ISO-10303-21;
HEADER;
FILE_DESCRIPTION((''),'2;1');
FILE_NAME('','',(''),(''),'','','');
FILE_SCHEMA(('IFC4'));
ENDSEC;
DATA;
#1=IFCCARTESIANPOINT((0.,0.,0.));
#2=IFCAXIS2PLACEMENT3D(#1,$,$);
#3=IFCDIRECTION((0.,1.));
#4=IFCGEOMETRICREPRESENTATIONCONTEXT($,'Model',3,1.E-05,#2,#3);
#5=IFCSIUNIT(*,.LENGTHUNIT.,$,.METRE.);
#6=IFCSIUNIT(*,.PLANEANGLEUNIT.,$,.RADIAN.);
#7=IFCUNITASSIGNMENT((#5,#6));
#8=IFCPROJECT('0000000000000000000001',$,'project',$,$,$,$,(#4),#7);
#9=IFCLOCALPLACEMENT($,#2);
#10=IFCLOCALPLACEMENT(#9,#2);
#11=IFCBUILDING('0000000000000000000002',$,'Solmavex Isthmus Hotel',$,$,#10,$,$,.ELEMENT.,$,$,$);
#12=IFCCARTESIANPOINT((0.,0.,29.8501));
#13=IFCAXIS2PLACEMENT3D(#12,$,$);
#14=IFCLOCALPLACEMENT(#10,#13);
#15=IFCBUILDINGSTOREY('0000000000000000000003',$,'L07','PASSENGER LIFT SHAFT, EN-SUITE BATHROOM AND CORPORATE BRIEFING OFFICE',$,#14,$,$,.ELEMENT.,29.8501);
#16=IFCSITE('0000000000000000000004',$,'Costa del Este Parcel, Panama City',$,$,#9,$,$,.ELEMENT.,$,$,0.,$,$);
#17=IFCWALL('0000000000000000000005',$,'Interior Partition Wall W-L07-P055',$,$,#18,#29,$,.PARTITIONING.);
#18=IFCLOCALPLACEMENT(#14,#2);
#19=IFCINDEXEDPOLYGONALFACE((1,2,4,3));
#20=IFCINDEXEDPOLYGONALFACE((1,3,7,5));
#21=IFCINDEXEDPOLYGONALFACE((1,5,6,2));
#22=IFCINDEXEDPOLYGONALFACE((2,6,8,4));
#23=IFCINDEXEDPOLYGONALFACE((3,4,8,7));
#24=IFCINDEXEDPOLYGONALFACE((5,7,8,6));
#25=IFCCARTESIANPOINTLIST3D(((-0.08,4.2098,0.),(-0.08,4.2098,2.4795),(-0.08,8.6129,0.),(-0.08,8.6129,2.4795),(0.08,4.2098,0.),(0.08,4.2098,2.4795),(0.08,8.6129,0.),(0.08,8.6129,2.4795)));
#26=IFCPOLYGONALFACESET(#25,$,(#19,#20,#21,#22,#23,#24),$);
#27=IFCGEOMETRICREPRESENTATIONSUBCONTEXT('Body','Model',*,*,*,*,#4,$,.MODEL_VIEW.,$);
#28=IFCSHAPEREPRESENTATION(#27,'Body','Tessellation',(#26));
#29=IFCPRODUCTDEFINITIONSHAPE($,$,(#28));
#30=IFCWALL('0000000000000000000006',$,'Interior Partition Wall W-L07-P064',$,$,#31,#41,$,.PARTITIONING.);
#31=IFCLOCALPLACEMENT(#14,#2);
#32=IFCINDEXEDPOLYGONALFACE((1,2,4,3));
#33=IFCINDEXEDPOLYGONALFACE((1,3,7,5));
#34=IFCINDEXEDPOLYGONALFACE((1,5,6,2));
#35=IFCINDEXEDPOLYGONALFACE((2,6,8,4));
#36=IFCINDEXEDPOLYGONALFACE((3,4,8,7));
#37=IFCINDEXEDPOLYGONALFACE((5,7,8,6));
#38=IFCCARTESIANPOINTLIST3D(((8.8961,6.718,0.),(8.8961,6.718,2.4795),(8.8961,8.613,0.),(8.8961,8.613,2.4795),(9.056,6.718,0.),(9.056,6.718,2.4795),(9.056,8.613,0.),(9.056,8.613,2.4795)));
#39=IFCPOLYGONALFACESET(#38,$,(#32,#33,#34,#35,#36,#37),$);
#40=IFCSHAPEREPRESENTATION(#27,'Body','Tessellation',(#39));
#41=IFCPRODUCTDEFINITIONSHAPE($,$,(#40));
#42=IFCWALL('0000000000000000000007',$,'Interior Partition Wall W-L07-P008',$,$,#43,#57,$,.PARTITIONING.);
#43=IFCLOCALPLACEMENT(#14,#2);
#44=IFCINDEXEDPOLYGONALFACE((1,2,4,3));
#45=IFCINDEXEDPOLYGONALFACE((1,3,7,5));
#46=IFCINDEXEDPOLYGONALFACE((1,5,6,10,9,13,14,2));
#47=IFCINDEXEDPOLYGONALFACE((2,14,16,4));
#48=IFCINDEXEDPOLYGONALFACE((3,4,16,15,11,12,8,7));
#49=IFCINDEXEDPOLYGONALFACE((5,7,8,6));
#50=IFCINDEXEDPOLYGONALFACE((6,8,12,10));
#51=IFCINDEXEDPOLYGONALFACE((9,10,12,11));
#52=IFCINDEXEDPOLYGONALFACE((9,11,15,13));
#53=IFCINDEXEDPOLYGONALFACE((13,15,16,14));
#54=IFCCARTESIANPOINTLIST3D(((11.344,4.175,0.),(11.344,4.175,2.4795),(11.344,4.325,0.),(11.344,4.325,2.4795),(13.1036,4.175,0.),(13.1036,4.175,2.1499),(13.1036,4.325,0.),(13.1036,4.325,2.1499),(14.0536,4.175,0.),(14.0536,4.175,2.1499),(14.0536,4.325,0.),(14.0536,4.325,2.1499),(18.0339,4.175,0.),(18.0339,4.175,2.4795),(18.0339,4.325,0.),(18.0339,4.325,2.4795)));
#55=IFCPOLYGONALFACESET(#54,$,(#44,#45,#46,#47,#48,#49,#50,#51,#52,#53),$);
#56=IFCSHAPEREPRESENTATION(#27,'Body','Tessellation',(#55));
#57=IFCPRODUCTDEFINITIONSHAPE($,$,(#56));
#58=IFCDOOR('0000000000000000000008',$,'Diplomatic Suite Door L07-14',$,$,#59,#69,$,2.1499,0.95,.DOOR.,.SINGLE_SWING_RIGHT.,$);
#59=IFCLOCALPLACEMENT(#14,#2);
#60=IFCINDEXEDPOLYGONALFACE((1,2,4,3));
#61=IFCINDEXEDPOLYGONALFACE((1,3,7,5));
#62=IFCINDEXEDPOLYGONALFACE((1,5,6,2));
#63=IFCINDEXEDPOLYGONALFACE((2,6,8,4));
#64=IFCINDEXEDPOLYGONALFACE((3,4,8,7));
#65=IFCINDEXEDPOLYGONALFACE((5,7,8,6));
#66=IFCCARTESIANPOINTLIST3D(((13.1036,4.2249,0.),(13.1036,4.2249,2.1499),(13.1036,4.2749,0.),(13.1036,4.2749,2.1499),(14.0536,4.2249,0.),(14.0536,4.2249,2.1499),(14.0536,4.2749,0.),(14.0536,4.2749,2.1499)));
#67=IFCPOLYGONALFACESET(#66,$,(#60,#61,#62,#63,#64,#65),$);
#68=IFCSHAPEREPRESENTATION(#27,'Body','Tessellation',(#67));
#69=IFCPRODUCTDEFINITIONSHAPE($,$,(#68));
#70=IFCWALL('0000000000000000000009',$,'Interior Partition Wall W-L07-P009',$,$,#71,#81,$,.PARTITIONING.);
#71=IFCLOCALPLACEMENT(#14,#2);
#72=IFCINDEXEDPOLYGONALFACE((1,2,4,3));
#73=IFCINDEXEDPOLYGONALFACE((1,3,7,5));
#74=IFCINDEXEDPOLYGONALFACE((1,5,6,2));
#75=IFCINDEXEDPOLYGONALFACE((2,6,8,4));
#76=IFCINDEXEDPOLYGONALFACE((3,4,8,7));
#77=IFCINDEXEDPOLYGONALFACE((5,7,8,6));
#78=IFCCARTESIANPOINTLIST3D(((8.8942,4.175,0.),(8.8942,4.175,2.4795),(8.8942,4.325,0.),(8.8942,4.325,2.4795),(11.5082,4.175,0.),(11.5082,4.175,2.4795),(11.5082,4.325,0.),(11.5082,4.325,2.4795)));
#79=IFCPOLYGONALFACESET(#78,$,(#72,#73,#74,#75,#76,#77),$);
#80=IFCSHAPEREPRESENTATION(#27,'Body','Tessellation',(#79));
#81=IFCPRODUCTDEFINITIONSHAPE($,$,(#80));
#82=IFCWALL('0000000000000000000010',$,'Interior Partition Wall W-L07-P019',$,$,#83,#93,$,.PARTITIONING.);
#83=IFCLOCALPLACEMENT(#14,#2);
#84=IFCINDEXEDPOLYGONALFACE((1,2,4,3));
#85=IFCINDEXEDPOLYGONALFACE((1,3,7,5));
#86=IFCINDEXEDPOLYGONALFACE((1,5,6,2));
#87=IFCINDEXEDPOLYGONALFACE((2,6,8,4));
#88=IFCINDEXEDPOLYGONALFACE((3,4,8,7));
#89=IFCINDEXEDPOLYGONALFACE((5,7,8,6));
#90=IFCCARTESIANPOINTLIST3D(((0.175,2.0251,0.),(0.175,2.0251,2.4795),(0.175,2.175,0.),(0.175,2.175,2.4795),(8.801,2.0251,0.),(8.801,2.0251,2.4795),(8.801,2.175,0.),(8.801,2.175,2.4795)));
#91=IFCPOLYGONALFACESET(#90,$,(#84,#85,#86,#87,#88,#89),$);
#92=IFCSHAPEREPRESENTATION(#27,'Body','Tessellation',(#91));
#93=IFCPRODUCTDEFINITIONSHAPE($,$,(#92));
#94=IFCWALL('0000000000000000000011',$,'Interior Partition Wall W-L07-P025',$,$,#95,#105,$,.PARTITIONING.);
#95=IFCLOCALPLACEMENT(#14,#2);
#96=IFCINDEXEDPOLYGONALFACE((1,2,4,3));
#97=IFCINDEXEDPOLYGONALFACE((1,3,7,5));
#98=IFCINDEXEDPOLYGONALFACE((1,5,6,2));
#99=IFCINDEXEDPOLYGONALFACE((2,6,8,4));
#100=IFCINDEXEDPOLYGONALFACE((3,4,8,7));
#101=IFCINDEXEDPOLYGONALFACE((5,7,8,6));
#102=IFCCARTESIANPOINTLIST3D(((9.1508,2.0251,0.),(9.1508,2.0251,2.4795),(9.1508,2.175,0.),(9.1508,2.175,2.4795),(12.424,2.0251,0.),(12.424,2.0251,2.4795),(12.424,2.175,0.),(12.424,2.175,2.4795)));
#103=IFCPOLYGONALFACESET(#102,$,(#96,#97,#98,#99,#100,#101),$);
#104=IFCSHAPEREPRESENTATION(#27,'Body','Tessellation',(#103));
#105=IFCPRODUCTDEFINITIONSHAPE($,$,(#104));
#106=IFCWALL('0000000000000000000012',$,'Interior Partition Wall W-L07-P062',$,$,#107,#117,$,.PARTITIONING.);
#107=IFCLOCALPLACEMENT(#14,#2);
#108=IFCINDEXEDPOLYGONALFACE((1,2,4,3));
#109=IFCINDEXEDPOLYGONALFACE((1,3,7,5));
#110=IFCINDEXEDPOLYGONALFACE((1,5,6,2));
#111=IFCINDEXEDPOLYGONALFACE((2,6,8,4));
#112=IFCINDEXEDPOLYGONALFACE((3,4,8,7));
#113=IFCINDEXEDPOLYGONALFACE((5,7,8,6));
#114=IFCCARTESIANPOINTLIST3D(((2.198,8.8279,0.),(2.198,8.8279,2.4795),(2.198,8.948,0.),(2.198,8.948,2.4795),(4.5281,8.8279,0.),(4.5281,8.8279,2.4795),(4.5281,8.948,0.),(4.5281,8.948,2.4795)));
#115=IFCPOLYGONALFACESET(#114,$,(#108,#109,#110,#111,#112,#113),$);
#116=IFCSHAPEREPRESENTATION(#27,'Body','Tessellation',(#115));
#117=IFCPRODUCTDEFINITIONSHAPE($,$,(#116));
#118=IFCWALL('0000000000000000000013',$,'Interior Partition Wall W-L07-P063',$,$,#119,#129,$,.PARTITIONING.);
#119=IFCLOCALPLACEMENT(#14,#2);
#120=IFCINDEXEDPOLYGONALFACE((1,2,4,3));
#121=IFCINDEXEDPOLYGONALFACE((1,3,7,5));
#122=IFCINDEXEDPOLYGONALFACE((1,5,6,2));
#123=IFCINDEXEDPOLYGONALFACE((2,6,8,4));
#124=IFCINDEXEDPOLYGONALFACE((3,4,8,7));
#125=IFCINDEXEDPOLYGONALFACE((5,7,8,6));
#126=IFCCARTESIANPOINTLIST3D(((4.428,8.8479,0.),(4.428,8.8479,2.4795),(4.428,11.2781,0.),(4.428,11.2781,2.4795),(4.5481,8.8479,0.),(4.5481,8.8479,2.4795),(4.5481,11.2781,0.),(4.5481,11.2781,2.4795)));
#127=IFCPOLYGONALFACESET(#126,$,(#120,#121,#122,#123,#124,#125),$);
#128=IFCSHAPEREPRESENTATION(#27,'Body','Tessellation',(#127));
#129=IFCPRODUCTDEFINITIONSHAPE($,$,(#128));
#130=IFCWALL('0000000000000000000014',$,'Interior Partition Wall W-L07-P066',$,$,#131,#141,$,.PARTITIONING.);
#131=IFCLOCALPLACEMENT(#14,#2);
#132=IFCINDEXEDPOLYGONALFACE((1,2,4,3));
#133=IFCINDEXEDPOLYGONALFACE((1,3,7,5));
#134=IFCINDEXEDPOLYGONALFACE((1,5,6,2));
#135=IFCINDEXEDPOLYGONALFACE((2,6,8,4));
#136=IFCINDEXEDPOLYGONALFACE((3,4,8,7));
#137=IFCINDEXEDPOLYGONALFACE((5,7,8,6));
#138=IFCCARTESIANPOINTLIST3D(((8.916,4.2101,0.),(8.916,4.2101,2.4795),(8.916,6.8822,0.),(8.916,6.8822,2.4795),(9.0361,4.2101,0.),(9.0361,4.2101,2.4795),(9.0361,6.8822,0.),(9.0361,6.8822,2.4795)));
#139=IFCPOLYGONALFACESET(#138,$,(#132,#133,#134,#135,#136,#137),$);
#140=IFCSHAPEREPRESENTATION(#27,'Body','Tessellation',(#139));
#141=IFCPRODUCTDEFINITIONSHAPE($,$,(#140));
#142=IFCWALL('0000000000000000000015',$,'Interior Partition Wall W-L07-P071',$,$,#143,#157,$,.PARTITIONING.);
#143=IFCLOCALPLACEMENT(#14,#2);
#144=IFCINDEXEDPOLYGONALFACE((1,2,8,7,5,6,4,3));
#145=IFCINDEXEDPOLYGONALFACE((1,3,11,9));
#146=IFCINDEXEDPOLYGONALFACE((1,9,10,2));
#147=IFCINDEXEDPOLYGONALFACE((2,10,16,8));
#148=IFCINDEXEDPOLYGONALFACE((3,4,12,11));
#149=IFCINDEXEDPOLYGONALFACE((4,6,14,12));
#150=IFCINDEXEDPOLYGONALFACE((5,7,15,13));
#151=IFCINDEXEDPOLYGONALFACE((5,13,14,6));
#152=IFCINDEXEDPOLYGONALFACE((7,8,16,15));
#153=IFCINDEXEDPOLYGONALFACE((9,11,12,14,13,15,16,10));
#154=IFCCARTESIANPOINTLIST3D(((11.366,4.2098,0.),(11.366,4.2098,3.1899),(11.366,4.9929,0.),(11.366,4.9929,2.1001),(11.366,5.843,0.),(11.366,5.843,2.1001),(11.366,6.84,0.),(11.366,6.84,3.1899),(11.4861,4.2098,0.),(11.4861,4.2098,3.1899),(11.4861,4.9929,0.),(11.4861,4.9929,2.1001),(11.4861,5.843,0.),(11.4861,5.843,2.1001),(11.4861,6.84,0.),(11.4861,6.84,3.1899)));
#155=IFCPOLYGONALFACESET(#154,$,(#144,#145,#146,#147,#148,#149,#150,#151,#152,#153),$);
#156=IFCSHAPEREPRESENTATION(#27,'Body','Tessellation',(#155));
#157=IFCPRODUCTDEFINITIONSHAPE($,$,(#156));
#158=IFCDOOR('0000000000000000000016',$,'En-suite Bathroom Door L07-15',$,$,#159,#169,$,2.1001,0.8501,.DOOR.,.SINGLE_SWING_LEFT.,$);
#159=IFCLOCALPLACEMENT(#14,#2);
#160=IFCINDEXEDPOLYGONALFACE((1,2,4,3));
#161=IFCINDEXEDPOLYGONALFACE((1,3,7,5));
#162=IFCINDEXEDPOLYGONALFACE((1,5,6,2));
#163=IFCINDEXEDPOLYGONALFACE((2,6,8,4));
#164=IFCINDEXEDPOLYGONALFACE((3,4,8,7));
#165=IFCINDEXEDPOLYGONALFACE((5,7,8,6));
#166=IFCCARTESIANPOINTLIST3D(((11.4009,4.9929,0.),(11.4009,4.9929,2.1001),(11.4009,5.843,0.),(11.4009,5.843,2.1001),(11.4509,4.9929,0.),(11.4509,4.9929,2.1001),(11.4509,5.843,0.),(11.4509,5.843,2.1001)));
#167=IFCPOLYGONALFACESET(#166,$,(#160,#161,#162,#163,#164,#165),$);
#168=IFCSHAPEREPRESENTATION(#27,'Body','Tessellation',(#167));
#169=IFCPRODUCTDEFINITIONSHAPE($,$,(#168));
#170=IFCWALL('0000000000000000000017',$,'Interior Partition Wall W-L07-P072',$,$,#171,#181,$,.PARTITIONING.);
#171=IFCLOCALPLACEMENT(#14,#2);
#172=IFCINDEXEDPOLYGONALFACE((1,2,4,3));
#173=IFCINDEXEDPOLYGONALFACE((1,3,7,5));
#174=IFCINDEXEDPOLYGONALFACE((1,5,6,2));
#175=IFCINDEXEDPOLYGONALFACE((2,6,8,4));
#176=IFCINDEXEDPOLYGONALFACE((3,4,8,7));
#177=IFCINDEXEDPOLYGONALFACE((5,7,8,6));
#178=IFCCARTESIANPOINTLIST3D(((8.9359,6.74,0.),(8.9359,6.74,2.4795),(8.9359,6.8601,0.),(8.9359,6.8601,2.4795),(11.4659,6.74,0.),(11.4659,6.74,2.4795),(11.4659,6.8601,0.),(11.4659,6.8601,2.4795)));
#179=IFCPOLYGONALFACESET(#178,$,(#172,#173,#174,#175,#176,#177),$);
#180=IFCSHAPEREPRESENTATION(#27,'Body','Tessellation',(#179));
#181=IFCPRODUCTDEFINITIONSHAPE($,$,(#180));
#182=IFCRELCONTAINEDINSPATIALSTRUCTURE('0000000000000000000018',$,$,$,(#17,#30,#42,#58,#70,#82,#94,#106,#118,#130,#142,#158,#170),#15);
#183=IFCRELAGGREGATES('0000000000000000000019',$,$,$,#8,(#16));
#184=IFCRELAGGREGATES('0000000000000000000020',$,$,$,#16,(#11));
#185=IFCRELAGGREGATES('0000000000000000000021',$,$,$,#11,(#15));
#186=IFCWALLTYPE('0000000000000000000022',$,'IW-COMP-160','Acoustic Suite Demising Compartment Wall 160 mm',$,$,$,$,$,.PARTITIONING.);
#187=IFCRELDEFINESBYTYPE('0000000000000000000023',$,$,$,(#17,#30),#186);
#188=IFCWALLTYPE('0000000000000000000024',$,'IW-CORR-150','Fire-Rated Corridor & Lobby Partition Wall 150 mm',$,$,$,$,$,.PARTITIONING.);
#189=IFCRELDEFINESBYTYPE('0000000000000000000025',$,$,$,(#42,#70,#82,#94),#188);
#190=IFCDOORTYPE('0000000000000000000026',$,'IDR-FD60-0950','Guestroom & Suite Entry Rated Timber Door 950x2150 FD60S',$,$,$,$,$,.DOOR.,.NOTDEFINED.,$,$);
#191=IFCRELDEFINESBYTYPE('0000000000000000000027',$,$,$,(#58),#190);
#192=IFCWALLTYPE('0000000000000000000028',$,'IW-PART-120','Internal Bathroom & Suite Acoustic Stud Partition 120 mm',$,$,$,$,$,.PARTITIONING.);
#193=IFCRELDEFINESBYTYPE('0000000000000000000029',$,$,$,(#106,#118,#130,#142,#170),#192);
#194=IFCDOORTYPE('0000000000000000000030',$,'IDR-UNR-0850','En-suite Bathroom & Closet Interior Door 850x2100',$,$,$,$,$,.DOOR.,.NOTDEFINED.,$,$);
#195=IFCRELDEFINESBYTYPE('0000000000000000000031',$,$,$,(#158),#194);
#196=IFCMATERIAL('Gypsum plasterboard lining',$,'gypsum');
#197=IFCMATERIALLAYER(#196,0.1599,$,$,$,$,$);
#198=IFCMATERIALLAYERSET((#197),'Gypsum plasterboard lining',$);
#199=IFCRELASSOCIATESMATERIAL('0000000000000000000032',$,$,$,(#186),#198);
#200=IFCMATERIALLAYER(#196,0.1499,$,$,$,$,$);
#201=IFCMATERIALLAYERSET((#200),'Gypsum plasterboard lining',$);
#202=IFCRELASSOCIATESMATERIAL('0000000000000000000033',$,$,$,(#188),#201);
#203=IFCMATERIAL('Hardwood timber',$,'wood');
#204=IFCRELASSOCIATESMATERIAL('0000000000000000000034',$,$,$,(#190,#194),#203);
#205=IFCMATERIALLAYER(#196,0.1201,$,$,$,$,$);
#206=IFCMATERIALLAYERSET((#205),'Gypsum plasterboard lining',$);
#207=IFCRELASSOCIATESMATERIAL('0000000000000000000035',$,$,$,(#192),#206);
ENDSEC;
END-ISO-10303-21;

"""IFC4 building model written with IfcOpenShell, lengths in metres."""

from ifc_helpers import new_model, si_unit, direction, frame, frame_2d, origin, place, context, subcontext, project, spatial, rectangle, extrude, material, layer, layer_set, type_object, element, fill, save


model = new_model("IFC4")

# Units and contexts
model_context = context("Model", 3, precision=1e-05, world=origin(), true_north=direction((0.0, 1.0)))
body_context = subcontext(model_context, "Body", "Model", "MODEL_VIEW")
ifc_project = project(units=[si_unit("LENGTHUNIT", "METRE"), si_unit("PLANEANGLEUNIT", "RADIAN")], contexts=[model_context])

# Site, building, storey
site_placement = place(None, origin())
site = spatial("IfcSite", under=ifc_project, at=site_placement, Name="Costa del Este Parcel, Panama City", CompositionType="ELEMENT", RefElevation=0.0)
building_placement = place(site_placement, origin())
building = spatial("IfcBuilding", under=site, at=building_placement, Name="Solmavex Isthmus Hotel", CompositionType="ELEMENT")
storey_placement = place(building_placement, frame((0.0, 0.0, 29.8501)))
storey = spatial("IfcBuildingStorey", under=building, at=storey_placement, Name="L07", Description="PASSENGER LIFT SHAFT, EN-SUITE BATHROOM AND CORPORATE BRIEFING OFFICE", CompositionType="ELEMENT", Elevation=29.8501)

# Walls
ifc_material_1 = material(Name="Gypsum plasterboard lining", Category="gypsum")
ifc_layer_1 = layer(ifc_material_1, 0.1599)
ifc_layer_set_1 = layer_set([ifc_layer_1], Name="Gypsum plasterboard lining")
wall_type_1 = type_object("IfcWallType", Name="IW-COMP-160", Description="Acoustic Suite Demising Compartment Wall 160 mm", PredefinedType="PARTITIONING", material=ifc_layer_set_1)
wall_1_placement = place(storey_placement, frame((0.0, 8.613, 0.0), z_axis=(0.0, 0.0, 1.0), x_axis=(0.0, -1.0, 0.0)))
element("IfcWall", 1, at=wall_1_placement, inside=storey, type_object=wall_type_1, Name="Interior Partition Wall W-L07-P055", PredefinedType="PARTITIONING", context=body_context, shape_type="SweptSolid", body=[
    extrude(rectangle(XDim=4.4031, YDim=0.1599, at=frame_2d((2.2017, 0.0))), origin(), (0.0, 0.0, 1.0), 2.4795),
])
wall_2_placement = place(storey_placement, frame((8.9761, 8.613, 0.0), z_axis=(0.0, 0.0, 1.0), x_axis=(0.0, -1.0, 0.0)))
element("IfcWall", 2, at=wall_2_placement, inside=storey, type_object=wall_type_1, Name="Interior Partition Wall W-L07-P064", PredefinedType="PARTITIONING", context=body_context, shape_type="SweptSolid", body=[
    extrude(rectangle(XDim=1.895, YDim=0.1599, at=frame_2d((0.9475, 0.0))), origin(), (0.0, 0.0, 1.0), 2.4795),
])

# Wall, opening, door
ifc_layer_2 = layer(ifc_material_1, 0.1499)
ifc_layer_set_2 = layer_set([ifc_layer_2], Name="Gypsum plasterboard lining")
wall_type_2 = type_object("IfcWallType", Name="IW-CORR-150", Description="Fire-Rated Corridor & Lobby Partition Wall 150 mm", PredefinedType="PARTITIONING", material=ifc_layer_set_2)
wall_3_placement = place(storey_placement, frame((11.344, 4.25, 0.0), z_axis=(0.0, 0.0, 1.0), x_axis=(1.0, 0.0, 0.0)))
wall_3 = element("IfcWall", 3, at=wall_3_placement, inside=storey, type_object=wall_type_2, Name="Interior Partition Wall W-L07-P008", PredefinedType="PARTITIONING", context=body_context, shape_type="SweptSolid", body=[
    extrude(rectangle(XDim=6.6899, YDim=0.1499, at=frame_2d((3.345, 0.0))), origin(), (0.0, 0.0, 1.0), 2.4795),
])
opening_1_placement = place(wall_3_placement, frame((1.7595, 0.0, 0.0)))
opening_1 = element("IfcOpeningElement", 4, at=opening_1_placement, cuts=wall_3, PredefinedType="OPENING", context=body_context, shape_type="SweptSolid", body=[
    extrude(rectangle(XDim=0.95, YDim=2.1499, at=frame_2d((0.4751, 1.075))), frame((0.0, 0.085, 0.0), z_axis=(0.0, -1.0, 0.0), x_axis=(1.0, 0.0, 0.0)), (0.0, 0.0, 1.0), 0.1699),
])
ifc_material_2 = material(Name="Hardwood timber", Category="wood")
door_type_1 = type_object("IfcDoorType", Name="IDR-FD60-0950", Description="Guestroom & Suite Entry Rated Timber Door 950x2150 FD60S", OperationType="NOTDEFINED", PredefinedType="DOOR", material=ifc_material_2)
door_1_placement = place(opening_1_placement, origin())
door_1 = element("IfcDoor", 5, at=door_1_placement, inside=storey, type_object=door_type_1, Name="Diplomatic Suite Door L07-14", OperationType="SINGLE_SWING_RIGHT", OverallHeight=2.1499, OverallWidth=0.95, PredefinedType="DOOR", context=body_context, shape_type="SweptSolid", body=[
    extrude(rectangle(XDim=0.95, YDim=2.1499, at=frame_2d((0.4751, 1.075))), frame((0.0, 0.0249, 0.0), z_axis=(0.0, -1.0, 0.0), x_axis=(1.0, 0.0, 0.0)), (0.0, 0.0, 1.0), 0.05),
])
fill(opening_1, door_1)

# Walls
wall_4_placement = place(storey_placement, frame((8.894, 4.25, 0.0), z_axis=(0.0, 0.0, 1.0), x_axis=(1.0, 0.0, 0.0)))
element("IfcWall", 6, at=wall_4_placement, inside=storey, type_object=wall_type_2, Name="Interior Partition Wall W-L07-P009", PredefinedType="PARTITIONING", context=body_context, shape_type="SweptSolid", body=[
    extrude(rectangle(XDim=2.614, YDim=0.1499, at=frame_2d((1.3071, 0.0))), origin(), (0.0, 0.0, 1.0), 2.4795),
])
wall_5_placement = place(storey_placement, frame((8.801, 2.1001, 0.0), z_axis=(0.0, 0.0, 1.0), x_axis=(-1.0, 0.0, 0.0)))
element("IfcWall", 7, at=wall_5_placement, inside=storey, type_object=wall_type_2, Name="Interior Partition Wall W-L07-P019", PredefinedType="PARTITIONING", context=body_context, shape_type="SweptSolid", body=[
    extrude(rectangle(XDim=8.626, YDim=0.1499, at=frame_2d((4.313, 0.0))), origin(), (0.0, 0.0, 1.0), 2.4795),
])
wall_6_placement = place(storey_placement, frame((12.4241, 2.1001, 0.0), z_axis=(0.0, 0.0, 1.0), x_axis=(-1.0, 0.0, 0.0)))
element("IfcWall", 8, at=wall_6_placement, inside=storey, type_object=wall_type_2, Name="Interior Partition Wall W-L07-P025", PredefinedType="PARTITIONING", context=body_context, shape_type="SweptSolid", body=[
    extrude(rectangle(XDim=3.2732, YDim=0.1499, at=frame_2d((1.6367, 0.0))), origin(), (0.0, 0.0, 1.0), 2.4795),
])

# Walls
ifc_layer_3 = layer(ifc_material_1, 0.1201)
ifc_layer_set_3 = layer_set([ifc_layer_3], Name="Gypsum plasterboard lining")
wall_type_3 = type_object("IfcWallType", Name="IW-PART-120", Description="Internal Bathroom & Suite Acoustic Stud Partition 120 mm", PredefinedType="PARTITIONING", material=ifc_layer_set_3)
wall_7_placement = place(storey_placement, frame((2.198, 8.8879, 0.0), z_axis=(0.0, 0.0, 1.0), x_axis=(1.0, 0.0, 0.0)))
element("IfcWall", 9, at=wall_7_placement, inside=storey, type_object=wall_type_3, Name="Interior Partition Wall W-L07-P062", PredefinedType="PARTITIONING", context=body_context, shape_type="SweptSolid", body=[
    extrude(rectangle(XDim=2.3301, YDim=0.1201, at=frame_2d((1.165, 0.0))), origin(), (0.0, 0.0, 1.0), 2.4795),
])
wall_8_placement = place(storey_placement, frame((4.488, 8.8479, 0.0), z_axis=(0.0, 0.0, 1.0), x_axis=(0.0, 1.0, 0.0)))
element("IfcWall", 10, at=wall_8_placement, inside=storey, type_object=wall_type_3, Name="Interior Partition Wall W-L07-P063", PredefinedType="PARTITIONING", context=body_context, shape_type="SweptSolid", body=[
    extrude(rectangle(XDim=2.4302, YDim=0.1201, at=frame_2d((1.2151, 0.0))), origin(), (0.0, 0.0, 1.0), 2.4795),
])
wall_9_placement = place(storey_placement, frame((8.9761, 6.8821, 0.0), z_axis=(0.0, 0.0, 1.0), x_axis=(0.0, -1.0, 0.0)))
element("IfcWall", 11, at=wall_9_placement, inside=storey, type_object=wall_type_3, Name="Interior Partition Wall W-L07-P066", PredefinedType="PARTITIONING", context=body_context, shape_type="SweptSolid", body=[
    extrude(rectangle(XDim=2.6721, YDim=0.1201, at=frame_2d((1.3359, 0.0))), origin(), (0.0, 0.0, 1.0), 2.4795),
])

# Wall, opening, door
wall_10_placement = place(storey_placement, frame((11.426, 4.21, 0.0), z_axis=(0.0, 0.0, 1.0), x_axis=(0.0, 1.0, 0.0)))
wall_10 = element("IfcWall", 12, at=wall_10_placement, inside=storey, type_object=wall_type_3, Name="Interior Partition Wall W-L07-P071", PredefinedType="PARTITIONING", context=body_context, shape_type="SweptSolid", body=[
    extrude(rectangle(XDim=2.6301, YDim=0.1201, at=frame_2d((1.3149, 0.0))), origin(), (0.0, 0.0, 1.0), 3.1899),
])
opening_2_placement = place(wall_10_placement, frame((0.783, 0.0, 0.0)))
opening_2 = element("IfcOpeningElement", 13, at=opening_2_placement, cuts=wall_10, PredefinedType="OPENING", context=body_context, shape_type="SweptSolid", body=[
    extrude(rectangle(XDim=0.8501, YDim=2.1001, at=frame_2d((0.425, 1.05))), frame((0.0, 0.0701, 0.0), z_axis=(0.0, -1.0, 0.0), x_axis=(1.0, 0.0, 0.0)), (0.0, 0.0, 1.0), 0.1401),
])
door_type_2 = type_object("IfcDoorType", Name="IDR-UNR-0850", Description="En-suite Bathroom & Closet Interior Door 850x2100", OperationType="NOTDEFINED", PredefinedType="DOOR", material=ifc_material_2)
door_2_placement = place(opening_2_placement, frame((0.8501, 0.0, 0.0), z_axis=(0.0, 0.0, 1.0), x_axis=(-1.0, 0.0, 0.0)))
door_2 = element("IfcDoor", 14, at=door_2_placement, inside=storey, type_object=door_type_2, Name="En-suite Bathroom Door L07-15", OperationType="SINGLE_SWING_LEFT", OverallHeight=2.1001, OverallWidth=0.8501, PredefinedType="DOOR", context=body_context, shape_type="SweptSolid", body=[
    extrude(rectangle(XDim=0.8501, YDim=2.1001, at=frame_2d((0.425, 1.05))), frame((0.0, 0.0249, 0.0), z_axis=(0.0, -1.0, 0.0), x_axis=(1.0, 0.0, 0.0)), (0.0, 0.0, 1.0), 0.05),
])
fill(opening_2, door_2)

# Wall
wall_11_placement = place(storey_placement, frame((11.4661, 6.8, 0.0), z_axis=(0.0, 0.0, 1.0), x_axis=(-1.0, 0.0, 0.0)))
element("IfcWall", 15, at=wall_11_placement, inside=storey, type_object=wall_type_3, Name="Interior Partition Wall W-L07-P072", PredefinedType="PARTITIONING", context=body_context, shape_type="SweptSolid", body=[
    extrude(rectangle(XDim=2.53, YDim=0.1201, at=frame_2d((1.2651, 0.0))), origin(), (0.0, 0.0, 1.0), 2.4795),
])

save(model, "model.ifc")
